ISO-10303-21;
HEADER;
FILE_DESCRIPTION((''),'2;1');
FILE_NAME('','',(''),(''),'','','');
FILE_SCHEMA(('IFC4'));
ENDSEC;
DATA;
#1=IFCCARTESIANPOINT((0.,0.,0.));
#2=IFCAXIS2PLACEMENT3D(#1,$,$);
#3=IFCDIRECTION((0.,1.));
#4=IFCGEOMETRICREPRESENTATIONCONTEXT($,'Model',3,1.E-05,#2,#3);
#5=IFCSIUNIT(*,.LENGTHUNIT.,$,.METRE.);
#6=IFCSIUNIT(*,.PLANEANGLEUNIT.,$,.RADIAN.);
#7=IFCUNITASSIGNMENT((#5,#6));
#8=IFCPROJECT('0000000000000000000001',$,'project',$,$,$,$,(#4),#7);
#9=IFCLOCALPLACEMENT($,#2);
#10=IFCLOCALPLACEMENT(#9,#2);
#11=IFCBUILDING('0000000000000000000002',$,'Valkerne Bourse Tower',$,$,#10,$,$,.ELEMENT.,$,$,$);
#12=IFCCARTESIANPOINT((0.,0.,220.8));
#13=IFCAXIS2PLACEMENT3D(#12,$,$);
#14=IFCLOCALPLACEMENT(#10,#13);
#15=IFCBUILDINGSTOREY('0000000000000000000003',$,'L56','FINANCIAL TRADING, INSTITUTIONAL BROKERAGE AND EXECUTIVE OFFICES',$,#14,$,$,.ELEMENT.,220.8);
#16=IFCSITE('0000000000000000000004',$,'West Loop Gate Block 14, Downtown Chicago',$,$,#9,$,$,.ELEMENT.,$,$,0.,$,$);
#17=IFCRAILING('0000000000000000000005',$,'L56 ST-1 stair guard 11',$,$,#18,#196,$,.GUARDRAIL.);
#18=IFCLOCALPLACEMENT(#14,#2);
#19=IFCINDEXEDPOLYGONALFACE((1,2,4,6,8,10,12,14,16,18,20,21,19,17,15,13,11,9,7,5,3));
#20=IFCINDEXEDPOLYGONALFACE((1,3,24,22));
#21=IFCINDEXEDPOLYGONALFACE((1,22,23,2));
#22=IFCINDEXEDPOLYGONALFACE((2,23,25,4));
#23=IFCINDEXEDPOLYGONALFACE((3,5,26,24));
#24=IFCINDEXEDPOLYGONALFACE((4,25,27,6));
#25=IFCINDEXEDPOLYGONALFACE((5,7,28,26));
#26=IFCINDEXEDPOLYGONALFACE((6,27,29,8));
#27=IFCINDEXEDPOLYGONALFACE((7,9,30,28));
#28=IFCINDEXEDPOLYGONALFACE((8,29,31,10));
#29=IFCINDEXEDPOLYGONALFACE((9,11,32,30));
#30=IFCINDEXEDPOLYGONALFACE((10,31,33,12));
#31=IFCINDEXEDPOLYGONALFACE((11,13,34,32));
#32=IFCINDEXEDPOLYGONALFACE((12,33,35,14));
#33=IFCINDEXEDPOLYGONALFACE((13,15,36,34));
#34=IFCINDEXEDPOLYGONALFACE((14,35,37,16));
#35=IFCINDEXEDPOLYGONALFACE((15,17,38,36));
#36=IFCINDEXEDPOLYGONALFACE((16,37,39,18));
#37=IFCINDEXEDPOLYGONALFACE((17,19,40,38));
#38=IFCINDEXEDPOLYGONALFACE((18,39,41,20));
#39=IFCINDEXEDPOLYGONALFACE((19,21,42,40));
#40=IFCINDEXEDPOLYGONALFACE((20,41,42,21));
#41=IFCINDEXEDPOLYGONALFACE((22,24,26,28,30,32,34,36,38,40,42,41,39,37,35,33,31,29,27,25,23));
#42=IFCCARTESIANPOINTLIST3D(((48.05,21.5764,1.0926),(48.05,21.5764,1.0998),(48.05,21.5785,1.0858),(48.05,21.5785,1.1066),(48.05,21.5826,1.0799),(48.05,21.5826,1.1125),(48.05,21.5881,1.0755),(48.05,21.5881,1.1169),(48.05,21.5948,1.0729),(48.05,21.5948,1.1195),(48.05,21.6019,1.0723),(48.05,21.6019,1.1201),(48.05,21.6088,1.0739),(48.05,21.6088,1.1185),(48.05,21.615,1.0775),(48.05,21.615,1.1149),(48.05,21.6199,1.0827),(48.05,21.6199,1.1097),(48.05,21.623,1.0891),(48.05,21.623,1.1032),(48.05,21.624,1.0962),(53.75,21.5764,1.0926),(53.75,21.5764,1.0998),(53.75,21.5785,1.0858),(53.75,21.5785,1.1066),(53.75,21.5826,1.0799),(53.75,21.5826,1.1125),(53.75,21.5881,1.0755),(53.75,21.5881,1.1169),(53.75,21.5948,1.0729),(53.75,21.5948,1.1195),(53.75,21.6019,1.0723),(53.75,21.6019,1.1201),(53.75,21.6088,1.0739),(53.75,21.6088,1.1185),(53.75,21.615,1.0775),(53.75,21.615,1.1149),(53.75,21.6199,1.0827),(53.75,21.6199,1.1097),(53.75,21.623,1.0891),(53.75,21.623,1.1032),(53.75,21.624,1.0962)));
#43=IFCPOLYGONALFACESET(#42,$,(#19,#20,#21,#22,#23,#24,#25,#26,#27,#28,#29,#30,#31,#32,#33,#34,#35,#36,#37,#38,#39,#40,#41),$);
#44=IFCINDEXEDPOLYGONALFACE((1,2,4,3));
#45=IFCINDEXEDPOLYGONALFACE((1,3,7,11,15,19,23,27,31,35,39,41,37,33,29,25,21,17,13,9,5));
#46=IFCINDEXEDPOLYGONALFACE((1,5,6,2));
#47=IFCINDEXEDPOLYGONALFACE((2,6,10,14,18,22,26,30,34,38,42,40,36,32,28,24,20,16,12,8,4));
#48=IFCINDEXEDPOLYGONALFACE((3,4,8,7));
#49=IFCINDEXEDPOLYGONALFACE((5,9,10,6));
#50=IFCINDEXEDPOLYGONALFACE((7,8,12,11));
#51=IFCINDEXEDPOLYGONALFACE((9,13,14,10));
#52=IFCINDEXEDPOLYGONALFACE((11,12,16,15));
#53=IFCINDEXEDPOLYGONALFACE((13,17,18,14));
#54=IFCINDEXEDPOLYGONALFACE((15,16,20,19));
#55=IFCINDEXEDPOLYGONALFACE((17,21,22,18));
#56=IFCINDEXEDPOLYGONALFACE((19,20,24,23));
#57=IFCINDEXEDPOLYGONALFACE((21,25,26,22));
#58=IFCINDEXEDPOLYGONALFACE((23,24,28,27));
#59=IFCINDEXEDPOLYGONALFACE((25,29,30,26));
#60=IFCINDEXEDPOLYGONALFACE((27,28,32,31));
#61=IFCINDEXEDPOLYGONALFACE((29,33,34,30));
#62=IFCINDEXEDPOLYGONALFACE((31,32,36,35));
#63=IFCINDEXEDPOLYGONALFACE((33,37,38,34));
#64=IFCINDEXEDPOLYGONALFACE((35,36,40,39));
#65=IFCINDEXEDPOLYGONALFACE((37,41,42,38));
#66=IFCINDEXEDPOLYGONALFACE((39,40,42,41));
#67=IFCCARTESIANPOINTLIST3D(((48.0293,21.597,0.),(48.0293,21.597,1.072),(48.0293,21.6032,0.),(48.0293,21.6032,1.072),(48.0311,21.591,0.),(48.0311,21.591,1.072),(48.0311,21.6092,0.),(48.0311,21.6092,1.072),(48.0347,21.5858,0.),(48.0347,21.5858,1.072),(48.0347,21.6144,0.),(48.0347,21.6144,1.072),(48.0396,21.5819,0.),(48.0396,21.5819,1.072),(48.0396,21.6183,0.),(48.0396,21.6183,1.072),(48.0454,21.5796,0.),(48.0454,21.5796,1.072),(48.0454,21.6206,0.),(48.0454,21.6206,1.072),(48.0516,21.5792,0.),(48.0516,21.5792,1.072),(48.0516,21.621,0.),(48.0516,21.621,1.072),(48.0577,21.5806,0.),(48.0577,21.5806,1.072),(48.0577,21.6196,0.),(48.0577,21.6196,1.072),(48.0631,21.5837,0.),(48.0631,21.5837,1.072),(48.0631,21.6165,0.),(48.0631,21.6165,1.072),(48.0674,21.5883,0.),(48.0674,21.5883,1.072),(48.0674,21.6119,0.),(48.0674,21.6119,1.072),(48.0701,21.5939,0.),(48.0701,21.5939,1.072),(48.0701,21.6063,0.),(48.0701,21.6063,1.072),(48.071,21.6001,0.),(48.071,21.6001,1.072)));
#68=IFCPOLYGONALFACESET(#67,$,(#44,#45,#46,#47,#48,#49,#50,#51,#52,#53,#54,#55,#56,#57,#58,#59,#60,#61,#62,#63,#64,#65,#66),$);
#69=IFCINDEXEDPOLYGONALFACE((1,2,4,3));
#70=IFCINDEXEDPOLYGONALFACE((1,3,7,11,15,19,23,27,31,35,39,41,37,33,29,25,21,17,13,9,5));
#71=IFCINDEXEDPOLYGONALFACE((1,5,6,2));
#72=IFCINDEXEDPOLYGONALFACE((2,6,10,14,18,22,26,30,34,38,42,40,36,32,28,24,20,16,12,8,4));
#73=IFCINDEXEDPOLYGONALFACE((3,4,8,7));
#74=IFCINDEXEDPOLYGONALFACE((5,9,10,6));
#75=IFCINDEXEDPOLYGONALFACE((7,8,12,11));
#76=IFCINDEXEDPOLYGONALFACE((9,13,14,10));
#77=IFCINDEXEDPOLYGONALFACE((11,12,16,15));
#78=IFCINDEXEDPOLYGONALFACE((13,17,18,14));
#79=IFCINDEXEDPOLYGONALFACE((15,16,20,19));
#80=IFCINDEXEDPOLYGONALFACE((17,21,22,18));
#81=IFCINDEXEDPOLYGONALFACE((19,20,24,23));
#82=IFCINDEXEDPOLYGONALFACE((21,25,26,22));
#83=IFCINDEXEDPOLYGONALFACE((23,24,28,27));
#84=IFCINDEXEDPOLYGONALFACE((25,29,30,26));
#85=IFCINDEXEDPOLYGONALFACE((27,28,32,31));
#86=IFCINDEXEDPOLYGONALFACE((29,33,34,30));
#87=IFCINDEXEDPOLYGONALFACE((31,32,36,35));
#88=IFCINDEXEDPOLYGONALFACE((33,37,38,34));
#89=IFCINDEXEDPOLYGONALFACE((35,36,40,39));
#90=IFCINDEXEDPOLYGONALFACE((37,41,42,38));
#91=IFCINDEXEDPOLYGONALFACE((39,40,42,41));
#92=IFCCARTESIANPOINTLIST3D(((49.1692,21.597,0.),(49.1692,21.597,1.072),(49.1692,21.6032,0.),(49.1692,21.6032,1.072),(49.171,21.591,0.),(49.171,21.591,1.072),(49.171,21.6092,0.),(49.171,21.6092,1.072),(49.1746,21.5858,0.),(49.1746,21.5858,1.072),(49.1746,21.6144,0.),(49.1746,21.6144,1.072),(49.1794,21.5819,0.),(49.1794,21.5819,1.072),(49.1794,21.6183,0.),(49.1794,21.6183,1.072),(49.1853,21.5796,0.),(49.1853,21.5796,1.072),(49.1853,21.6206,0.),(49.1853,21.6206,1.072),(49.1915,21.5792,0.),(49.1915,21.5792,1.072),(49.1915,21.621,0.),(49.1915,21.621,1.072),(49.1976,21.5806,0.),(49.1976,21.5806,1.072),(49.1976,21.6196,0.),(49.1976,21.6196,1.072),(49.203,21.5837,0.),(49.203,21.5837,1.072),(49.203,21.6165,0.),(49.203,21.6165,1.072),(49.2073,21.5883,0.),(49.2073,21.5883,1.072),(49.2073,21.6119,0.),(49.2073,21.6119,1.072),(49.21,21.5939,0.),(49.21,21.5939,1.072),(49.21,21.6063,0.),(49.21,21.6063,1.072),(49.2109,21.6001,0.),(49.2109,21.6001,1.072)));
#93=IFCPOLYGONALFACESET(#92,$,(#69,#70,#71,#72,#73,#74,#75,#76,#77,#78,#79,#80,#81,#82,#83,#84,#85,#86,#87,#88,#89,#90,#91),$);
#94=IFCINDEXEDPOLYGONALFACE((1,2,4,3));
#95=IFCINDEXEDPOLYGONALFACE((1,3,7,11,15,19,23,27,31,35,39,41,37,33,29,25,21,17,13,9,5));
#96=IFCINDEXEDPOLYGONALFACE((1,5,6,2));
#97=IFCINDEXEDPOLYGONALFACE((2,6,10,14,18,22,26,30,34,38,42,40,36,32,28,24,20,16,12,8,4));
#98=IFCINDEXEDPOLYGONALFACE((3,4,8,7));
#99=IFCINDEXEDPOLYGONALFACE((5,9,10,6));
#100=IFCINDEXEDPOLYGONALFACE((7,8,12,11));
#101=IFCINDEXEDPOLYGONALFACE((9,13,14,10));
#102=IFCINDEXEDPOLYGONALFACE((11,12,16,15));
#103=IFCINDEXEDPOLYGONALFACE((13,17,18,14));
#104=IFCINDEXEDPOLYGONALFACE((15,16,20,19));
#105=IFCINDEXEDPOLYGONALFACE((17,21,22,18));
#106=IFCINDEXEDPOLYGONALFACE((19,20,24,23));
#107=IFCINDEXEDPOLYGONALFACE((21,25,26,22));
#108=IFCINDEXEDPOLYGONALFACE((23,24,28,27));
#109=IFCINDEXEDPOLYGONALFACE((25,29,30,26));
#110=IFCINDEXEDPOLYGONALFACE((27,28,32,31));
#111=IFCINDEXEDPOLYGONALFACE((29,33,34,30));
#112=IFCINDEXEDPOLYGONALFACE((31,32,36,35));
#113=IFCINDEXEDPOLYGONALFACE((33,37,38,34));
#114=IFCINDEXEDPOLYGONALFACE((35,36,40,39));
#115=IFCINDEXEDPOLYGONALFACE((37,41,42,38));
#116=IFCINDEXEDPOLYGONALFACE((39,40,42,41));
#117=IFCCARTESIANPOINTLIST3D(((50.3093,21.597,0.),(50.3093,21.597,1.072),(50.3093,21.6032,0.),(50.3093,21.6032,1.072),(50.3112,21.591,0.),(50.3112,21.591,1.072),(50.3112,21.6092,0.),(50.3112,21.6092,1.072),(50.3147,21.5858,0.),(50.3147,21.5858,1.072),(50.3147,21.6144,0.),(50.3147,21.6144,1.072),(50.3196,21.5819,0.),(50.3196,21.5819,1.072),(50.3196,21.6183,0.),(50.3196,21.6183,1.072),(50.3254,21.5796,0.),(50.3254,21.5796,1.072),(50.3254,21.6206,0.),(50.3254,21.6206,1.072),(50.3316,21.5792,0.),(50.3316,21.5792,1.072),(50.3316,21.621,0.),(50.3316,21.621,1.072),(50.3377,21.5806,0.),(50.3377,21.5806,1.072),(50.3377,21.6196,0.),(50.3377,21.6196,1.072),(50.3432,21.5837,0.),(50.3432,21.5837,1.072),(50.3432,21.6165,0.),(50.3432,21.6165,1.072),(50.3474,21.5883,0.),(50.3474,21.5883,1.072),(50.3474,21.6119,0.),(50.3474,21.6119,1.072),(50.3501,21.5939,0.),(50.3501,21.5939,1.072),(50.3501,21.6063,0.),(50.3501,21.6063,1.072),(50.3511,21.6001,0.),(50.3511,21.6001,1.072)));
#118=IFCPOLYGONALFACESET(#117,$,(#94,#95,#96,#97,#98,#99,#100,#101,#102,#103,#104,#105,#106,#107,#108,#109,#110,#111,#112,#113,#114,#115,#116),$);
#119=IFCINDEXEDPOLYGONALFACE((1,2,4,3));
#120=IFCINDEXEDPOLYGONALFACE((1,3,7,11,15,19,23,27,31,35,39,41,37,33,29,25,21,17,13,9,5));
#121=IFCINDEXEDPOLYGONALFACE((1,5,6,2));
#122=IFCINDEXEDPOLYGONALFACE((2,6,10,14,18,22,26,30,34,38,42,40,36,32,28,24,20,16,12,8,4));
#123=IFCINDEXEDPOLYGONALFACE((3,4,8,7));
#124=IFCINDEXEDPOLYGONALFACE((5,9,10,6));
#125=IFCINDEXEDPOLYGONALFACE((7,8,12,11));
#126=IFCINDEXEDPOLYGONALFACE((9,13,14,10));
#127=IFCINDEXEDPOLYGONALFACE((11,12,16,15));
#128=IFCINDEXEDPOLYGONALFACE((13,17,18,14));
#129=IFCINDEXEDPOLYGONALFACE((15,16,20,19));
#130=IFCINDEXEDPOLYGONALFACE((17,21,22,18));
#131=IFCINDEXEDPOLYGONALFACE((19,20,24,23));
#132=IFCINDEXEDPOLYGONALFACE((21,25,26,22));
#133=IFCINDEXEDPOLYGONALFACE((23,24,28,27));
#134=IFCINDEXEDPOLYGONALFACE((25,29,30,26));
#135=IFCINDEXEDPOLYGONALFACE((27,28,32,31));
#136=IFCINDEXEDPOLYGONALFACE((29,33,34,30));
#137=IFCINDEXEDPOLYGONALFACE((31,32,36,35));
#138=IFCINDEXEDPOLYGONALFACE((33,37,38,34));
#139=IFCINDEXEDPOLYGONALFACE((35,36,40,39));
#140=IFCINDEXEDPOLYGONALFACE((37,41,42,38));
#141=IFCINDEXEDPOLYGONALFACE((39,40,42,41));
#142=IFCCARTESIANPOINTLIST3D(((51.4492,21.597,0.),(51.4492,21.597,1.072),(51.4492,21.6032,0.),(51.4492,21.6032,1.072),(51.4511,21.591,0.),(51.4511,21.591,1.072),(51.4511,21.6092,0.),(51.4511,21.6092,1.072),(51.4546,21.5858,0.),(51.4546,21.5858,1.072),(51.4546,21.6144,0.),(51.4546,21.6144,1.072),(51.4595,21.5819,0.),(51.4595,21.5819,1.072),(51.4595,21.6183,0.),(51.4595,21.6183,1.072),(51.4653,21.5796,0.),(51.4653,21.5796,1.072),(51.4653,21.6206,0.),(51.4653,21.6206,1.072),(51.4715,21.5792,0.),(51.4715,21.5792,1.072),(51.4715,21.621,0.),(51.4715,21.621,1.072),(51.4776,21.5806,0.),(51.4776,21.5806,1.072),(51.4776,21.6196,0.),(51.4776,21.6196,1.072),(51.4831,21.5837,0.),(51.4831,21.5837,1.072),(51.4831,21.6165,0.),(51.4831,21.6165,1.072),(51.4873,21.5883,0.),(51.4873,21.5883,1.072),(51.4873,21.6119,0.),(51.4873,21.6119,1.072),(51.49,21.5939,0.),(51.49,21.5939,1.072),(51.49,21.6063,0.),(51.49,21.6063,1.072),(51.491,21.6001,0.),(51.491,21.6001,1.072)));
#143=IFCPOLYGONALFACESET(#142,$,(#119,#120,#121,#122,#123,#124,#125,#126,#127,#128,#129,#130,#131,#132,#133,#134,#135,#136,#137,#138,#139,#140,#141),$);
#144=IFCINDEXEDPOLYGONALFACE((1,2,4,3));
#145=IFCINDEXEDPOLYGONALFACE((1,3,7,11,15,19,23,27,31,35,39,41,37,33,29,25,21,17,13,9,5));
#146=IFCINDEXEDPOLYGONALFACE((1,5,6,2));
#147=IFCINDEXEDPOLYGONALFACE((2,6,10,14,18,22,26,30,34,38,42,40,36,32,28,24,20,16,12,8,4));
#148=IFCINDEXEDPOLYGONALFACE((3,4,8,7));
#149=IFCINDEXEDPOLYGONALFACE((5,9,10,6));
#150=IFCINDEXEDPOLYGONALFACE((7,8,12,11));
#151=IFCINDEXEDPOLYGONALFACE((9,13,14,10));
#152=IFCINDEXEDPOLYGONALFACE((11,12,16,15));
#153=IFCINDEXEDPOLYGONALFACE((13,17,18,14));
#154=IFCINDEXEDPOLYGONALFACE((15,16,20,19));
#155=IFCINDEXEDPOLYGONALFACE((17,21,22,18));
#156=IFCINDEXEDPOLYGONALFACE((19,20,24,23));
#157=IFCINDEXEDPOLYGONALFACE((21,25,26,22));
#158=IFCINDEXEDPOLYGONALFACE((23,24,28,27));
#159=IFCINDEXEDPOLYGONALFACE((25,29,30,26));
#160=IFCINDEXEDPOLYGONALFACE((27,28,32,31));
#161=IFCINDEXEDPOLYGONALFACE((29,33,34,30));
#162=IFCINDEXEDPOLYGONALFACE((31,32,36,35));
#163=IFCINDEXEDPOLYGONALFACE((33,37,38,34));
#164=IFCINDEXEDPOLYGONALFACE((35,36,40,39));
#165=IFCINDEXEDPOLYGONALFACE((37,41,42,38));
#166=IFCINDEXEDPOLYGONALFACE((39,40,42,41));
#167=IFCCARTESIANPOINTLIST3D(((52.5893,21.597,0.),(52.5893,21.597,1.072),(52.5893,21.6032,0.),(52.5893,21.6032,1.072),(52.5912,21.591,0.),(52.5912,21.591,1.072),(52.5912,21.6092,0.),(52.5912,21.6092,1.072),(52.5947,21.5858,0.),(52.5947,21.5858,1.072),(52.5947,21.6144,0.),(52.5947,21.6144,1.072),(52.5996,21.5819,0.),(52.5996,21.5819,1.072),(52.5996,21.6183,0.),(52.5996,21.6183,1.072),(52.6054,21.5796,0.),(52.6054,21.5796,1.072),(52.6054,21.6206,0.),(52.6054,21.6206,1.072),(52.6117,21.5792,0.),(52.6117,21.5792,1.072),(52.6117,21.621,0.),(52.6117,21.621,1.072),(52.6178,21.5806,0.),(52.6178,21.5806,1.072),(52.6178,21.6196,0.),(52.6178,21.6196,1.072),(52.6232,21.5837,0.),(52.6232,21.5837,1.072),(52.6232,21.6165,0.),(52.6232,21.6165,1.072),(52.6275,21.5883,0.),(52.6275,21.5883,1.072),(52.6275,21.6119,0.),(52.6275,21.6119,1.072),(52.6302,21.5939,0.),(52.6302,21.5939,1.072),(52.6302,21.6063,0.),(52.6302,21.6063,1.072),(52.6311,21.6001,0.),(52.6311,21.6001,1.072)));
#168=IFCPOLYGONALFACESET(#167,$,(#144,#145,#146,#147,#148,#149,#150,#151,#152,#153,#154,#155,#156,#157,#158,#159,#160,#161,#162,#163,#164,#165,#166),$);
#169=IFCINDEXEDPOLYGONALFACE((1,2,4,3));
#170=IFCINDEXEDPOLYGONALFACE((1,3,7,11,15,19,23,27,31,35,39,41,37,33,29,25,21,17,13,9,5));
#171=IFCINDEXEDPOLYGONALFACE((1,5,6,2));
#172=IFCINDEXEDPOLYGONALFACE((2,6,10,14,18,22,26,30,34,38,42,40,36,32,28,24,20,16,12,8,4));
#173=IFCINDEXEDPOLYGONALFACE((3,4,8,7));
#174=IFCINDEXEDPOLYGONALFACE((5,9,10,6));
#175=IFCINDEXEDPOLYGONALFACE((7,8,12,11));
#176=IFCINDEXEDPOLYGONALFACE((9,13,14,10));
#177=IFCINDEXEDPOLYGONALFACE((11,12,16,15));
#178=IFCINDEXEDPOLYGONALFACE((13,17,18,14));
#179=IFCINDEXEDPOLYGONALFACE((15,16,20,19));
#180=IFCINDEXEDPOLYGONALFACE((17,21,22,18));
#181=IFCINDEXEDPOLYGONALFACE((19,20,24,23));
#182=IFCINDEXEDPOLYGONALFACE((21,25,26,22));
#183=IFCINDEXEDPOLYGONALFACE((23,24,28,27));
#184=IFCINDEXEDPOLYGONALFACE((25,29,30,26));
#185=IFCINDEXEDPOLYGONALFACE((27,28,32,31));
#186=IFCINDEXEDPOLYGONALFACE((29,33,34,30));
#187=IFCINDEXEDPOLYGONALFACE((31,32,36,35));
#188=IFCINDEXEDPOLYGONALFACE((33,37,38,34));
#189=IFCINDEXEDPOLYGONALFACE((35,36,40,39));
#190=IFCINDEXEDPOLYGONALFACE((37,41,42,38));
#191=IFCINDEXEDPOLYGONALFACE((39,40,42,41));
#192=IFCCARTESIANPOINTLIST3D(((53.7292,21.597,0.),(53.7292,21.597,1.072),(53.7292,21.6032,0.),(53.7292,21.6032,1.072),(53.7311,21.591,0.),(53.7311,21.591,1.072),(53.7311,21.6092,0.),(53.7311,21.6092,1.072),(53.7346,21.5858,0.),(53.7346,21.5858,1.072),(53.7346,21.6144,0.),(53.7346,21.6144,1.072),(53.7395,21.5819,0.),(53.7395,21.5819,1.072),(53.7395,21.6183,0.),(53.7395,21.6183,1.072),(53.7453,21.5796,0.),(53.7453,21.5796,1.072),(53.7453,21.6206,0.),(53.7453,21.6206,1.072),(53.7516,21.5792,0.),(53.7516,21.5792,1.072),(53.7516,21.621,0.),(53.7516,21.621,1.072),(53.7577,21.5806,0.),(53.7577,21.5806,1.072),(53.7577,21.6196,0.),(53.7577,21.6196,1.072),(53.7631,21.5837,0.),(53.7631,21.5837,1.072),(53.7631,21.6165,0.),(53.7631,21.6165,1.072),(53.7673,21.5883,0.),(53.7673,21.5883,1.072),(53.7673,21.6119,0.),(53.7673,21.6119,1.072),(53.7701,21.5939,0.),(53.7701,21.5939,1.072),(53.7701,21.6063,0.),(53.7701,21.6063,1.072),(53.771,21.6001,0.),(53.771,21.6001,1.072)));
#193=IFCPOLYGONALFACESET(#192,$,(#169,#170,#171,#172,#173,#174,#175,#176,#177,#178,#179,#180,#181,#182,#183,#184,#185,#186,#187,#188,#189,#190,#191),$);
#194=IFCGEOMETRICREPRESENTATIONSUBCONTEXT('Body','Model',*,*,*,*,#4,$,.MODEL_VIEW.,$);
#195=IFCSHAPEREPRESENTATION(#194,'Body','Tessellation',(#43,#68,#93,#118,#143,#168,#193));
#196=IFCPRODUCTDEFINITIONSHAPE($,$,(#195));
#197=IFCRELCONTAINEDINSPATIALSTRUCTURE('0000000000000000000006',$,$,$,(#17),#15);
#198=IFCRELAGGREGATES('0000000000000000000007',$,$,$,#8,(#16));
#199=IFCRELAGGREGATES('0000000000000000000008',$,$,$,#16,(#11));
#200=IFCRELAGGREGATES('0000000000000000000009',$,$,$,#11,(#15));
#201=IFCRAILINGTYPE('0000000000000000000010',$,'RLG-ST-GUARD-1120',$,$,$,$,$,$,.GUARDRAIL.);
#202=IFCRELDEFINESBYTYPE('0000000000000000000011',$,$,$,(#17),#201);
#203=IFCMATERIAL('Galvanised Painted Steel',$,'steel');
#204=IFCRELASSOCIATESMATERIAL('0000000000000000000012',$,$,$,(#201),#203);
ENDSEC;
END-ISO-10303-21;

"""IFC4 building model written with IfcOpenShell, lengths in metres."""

from ifc_helpers import new_model, si_unit, direction, frame, origin, origin_2d, place, context, subcontext, project, spatial, circle, extrude, material, type_object, element, save


model = new_model("IFC4")

# Units and contexts
model_context = context("Model", 3, precision=1e-05, world=origin(), true_north=direction((0.0, 1.0)))
body_context = subcontext(model_context, "Body", "Model", "MODEL_VIEW")
ifc_project = project(units=[si_unit("LENGTHUNIT", "METRE"), si_unit("PLANEANGLEUNIT", "RADIAN")], contexts=[model_context])

# Site, building, storey
site_placement = place(None, origin())
site = spatial("IfcSite", under=ifc_project, at=site_placement, Name="West Loop Gate Block 14, Downtown Chicago", CompositionType="ELEMENT", RefElevation=0.0)
building_placement = place(site_placement, origin())
building = spatial("IfcBuilding", under=site, at=building_placement, Name="Valkerne Bourse Tower", CompositionType="ELEMENT")
storey_placement = place(building_placement, frame((0.0, 0.0, 220.8)))
storey = spatial("IfcBuildingStorey", under=building, at=storey_placement, Name="L56", Description="FINANCIAL TRADING, INSTITUTIONAL BROKERAGE AND EXECUTIVE OFFICES", CompositionType="ELEMENT", Elevation=220.8)

# Shared definitions
ifc_material_1 = material(Name="Galvanised Painted Steel", Category="steel")

# Railing
railing_type_1 = type_object("IfcRailingType", Name="RLG-ST-GUARD-1120", PredefinedType="GUARDRAIL", material=ifc_material_1)
railing_1_placement = place(storey_placement, frame((48.05, 21.6001, 0.0)))
element("IfcRailing", 1, at=railing_1_placement, inside=storey, type_object=railing_type_1, Name="L56 ST-1 stair guard 11", PredefinedType="GUARDRAIL", context=body_context, shape_type="SweptSolid", body=[
    extrude(circle(Radius=0.0239, at=origin_2d()), frame((0.0, 0.0, 1.0962), z_axis=(1.0, 0.0, 0.0), x_axis=(0.0, 1.0, 0.0)), (0.0, 0.0, 1.0), 5.7),
    extrude(circle(Radius=0.021, at=origin_2d()), origin(), (0.0, 0.0, 1.0), 1.072),
    extrude(circle(Radius=0.021, at=origin_2d()), frame((1.1399, 0.0, 0.0)), (0.0, 0.0, 1.0), 1.072),
    extrude(circle(Radius=0.021, at=origin_2d()), frame((2.28, 0.0, 0.0)), (0.0, 0.0, 1.0), 1.072),
    extrude(circle(Radius=0.021, at=origin_2d()), frame((3.4199, 0.0, 0.0)), (0.0, 0.0, 1.0), 1.072),
    extrude(circle(Radius=0.021, at=origin_2d()), frame((4.5601, 0.0, 0.0)), (0.0, 0.0, 1.0), 1.072),
    extrude(circle(Radius=0.021, at=origin_2d()), frame((5.7, 0.0, 0.0)), (0.0, 0.0, 1.0), 1.072),
])

save(model, "model.ifc")
